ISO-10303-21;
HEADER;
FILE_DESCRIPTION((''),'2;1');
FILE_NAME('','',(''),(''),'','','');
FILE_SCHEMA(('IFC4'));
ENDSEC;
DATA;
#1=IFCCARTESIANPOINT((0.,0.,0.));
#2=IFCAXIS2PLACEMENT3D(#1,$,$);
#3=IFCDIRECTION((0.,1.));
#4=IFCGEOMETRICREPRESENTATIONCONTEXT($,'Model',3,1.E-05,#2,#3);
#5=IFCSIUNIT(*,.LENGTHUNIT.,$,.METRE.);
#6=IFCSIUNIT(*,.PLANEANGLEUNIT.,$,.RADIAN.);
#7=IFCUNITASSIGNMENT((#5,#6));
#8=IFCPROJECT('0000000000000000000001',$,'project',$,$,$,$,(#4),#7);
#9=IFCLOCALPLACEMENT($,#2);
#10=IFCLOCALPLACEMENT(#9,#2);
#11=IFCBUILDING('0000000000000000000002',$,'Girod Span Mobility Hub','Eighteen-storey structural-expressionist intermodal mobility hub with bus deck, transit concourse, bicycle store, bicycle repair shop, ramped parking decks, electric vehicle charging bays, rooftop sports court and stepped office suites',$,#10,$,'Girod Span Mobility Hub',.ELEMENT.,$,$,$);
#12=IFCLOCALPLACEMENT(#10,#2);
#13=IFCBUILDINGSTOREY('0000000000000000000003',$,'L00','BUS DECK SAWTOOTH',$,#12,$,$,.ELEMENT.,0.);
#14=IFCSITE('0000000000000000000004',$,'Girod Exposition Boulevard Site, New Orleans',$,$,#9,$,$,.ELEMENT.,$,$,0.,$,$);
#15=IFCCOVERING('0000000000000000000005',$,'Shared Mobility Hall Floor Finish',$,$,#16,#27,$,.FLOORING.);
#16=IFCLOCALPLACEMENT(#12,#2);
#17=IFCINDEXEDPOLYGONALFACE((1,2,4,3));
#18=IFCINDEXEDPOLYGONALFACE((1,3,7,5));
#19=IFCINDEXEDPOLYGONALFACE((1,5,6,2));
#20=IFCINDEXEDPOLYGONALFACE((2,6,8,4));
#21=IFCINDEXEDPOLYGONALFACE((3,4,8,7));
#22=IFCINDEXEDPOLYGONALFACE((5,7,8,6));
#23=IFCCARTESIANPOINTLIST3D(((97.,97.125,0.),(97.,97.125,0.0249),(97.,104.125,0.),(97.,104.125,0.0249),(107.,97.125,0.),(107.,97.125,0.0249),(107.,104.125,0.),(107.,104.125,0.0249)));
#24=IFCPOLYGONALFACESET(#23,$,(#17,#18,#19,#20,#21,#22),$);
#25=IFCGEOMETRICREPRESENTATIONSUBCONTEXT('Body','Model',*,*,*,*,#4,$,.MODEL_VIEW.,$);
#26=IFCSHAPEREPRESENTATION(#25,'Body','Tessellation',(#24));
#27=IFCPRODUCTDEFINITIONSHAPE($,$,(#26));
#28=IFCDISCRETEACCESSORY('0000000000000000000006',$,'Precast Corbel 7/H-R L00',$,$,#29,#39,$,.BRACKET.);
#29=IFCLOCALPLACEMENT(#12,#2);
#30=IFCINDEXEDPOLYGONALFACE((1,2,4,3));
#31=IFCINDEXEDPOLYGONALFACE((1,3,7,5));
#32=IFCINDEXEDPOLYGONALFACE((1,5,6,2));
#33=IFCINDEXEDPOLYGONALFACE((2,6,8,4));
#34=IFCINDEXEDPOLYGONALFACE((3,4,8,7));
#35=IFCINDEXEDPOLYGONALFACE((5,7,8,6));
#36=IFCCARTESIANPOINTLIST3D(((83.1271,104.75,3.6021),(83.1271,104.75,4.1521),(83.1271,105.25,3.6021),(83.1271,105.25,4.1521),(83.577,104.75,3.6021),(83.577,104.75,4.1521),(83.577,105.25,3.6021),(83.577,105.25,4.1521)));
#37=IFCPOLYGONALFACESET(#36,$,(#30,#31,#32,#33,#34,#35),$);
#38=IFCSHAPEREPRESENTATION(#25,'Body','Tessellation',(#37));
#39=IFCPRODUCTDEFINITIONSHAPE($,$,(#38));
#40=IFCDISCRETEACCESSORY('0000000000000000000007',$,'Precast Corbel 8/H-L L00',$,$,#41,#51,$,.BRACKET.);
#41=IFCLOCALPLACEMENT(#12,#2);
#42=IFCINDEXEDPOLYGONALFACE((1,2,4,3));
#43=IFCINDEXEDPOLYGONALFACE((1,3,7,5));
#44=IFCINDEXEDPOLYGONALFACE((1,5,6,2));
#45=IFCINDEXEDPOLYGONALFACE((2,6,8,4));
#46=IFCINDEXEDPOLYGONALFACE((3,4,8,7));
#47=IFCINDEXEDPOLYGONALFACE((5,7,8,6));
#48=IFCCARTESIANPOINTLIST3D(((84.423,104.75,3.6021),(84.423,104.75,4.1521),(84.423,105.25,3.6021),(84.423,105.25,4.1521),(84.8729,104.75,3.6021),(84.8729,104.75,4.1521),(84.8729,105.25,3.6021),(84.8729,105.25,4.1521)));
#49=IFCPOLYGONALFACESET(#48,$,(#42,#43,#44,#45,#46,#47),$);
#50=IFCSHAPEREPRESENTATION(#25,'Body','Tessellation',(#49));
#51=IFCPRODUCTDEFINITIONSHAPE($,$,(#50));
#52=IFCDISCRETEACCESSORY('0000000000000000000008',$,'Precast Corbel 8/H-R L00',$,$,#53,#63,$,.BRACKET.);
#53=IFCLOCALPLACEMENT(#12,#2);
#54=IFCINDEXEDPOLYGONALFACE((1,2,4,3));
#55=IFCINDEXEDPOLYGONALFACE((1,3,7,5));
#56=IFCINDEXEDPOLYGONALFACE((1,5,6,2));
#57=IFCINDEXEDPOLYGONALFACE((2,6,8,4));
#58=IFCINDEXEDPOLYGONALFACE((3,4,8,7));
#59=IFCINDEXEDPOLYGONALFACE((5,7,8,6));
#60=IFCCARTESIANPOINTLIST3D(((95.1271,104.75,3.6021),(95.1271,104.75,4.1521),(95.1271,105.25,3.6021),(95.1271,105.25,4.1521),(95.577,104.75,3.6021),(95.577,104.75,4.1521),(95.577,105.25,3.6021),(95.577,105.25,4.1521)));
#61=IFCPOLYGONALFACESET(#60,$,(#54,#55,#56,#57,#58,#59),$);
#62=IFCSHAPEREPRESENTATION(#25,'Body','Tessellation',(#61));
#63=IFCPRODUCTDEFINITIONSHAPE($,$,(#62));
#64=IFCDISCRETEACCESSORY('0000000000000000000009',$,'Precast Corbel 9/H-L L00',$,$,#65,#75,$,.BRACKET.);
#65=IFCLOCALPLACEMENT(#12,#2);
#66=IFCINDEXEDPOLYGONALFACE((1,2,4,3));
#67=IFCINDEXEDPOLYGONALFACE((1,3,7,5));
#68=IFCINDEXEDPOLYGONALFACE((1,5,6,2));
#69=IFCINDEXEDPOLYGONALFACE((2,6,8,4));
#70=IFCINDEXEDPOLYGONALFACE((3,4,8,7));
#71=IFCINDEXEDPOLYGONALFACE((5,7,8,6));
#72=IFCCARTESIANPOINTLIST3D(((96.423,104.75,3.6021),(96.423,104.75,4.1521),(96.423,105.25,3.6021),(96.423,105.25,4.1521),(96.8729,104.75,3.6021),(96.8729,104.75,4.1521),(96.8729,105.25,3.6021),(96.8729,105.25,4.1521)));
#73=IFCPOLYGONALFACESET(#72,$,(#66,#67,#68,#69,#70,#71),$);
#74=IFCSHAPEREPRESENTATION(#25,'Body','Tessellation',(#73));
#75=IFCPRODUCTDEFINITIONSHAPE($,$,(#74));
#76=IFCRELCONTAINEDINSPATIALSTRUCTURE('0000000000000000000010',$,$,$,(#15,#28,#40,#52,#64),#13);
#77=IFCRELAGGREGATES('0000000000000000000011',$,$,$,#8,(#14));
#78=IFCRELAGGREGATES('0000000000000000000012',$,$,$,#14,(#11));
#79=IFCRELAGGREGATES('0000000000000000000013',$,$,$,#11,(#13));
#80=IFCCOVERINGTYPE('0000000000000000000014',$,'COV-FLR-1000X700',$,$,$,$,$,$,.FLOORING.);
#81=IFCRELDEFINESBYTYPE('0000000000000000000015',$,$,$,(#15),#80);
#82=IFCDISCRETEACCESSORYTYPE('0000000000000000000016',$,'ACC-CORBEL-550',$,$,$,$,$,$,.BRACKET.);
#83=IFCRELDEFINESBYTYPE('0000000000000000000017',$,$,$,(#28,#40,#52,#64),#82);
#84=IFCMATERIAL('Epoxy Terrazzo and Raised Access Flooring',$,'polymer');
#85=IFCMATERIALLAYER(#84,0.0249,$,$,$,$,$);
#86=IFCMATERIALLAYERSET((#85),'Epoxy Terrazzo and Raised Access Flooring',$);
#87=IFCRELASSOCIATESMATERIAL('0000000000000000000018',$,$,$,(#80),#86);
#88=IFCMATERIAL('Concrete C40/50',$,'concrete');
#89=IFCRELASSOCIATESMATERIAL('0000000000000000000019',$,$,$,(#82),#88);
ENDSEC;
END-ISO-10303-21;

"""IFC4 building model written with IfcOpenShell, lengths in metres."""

from ifc_helpers import new_model, si_unit, direction, frame, origin, origin_2d, place, context, subcontext, project, spatial, rectangle, extrude, material, layer, layer_set, type_object, element, save


model = new_model("IFC4")

# Units and contexts
model_context = context("Model", 3, precision=1e-05, world=origin(), true_north=direction((0.0, 1.0)))
body_context = subcontext(model_context, "Body", "Model", "MODEL_VIEW")
ifc_project = project(units=[si_unit("LENGTHUNIT", "METRE"), si_unit("PLANEANGLEUNIT", "RADIAN")], contexts=[model_context])

# Site, building, storey
site_placement = place(None, origin())
site = spatial("IfcSite", under=ifc_project, at=site_placement, Name="Girod Exposition Boulevard Site, New Orleans", CompositionType="ELEMENT", RefElevation=0.0)
building_placement = place(site_placement, origin())
building = spatial("IfcBuilding", under=site, at=building_placement, Name="Girod Span Mobility Hub", Description="Eighteen-storey structural-expressionist intermodal mobility hub with bus deck, transit concourse, bicycle store, bicycle repair shop, ramped parking decks, electric vehicle charging bays, rooftop sports court and stepped office suites", LongName="Girod Span Mobility Hub", CompositionType="ELEMENT")
storey_placement = place(building_placement, origin())
storey = spatial("IfcBuildingStorey", under=building, at=storey_placement, Name="L00", Description="BUS DECK SAWTOOTH", CompositionType="ELEMENT", Elevation=0.0)

# Covering
ifc_material_1 = material(Name="Epoxy Terrazzo and Raised Access Flooring", Category="polymer")
ifc_layer_1 = layer(ifc_material_1, 0.0249)
ifc_layer_set_1 = layer_set([ifc_layer_1], Name="Epoxy Terrazzo and Raised Access Flooring")
covering_type_1 = type_object("IfcCoveringType", Name="COV-FLR-1000X700", PredefinedType="FLOORING", material=ifc_layer_set_1)
covering_1_placement = place(storey_placement, frame((102.0, 100.625, 0.0), z_axis=(0.0, 0.0, 1.0), x_axis=(1.0, 0.0, 0.0)))
element("IfcCovering", 1, at=covering_1_placement, inside=storey, type_object=covering_type_1, Name="Shared Mobility Hall Floor Finish", PredefinedType="FLOORING", context=body_context, shape_type="SweptSolid", body=[
    extrude(rectangle(XDim=10.0, YDim=7.0, at=origin_2d()), origin(), (0.0, 0.0, 1.0), 0.0249),
])

# Discrete accessories
ifc_material_2 = material(Name="Concrete C40/50", Category="concrete")
discrete_accessory_type = type_object("IfcDiscreteAccessoryType", Name="ACC-CORBEL-550", PredefinedType="BRACKET", material=ifc_material_2)
for number, where, z_axis, x_axis, name in (
    (2, (83.3521, 105.0, 3.6021), (0.0, 0.0, 1.0), (1.0, 0.0, 0.0), "Precast Corbel 7/H-R L00"),
    (3, (84.6479, 105.0, 3.6021), (0.0, 0.0, 1.0), (1.0, 0.0, 0.0), "Precast Corbel 8/H-L L00"),
    (4, (95.3521, 105.0, 3.6021), (0.0, 0.0, 1.0), (1.0, 0.0, 0.0), "Precast Corbel 8/H-R L00"),
    (5, (96.6479, 105.0, 3.6021), (0.0, 0.0, 1.0), (1.0, 0.0, 0.0), "Precast Corbel 9/H-L L00"),
):
    element("IfcDiscreteAccessory", number, at=place(storey_placement, frame(where, z_axis=z_axis, x_axis=x_axis)), inside=storey, type_object=discrete_accessory_type, Name=name, PredefinedType="BRACKET", context=body_context, shape_type="SweptSolid", body=[
        extrude(rectangle(XDim=0.45, YDim=0.5, at=origin_2d()), origin(), (0.0, 0.0, 1.0), 0.55),
    ])

save(model, "model.ifc")
